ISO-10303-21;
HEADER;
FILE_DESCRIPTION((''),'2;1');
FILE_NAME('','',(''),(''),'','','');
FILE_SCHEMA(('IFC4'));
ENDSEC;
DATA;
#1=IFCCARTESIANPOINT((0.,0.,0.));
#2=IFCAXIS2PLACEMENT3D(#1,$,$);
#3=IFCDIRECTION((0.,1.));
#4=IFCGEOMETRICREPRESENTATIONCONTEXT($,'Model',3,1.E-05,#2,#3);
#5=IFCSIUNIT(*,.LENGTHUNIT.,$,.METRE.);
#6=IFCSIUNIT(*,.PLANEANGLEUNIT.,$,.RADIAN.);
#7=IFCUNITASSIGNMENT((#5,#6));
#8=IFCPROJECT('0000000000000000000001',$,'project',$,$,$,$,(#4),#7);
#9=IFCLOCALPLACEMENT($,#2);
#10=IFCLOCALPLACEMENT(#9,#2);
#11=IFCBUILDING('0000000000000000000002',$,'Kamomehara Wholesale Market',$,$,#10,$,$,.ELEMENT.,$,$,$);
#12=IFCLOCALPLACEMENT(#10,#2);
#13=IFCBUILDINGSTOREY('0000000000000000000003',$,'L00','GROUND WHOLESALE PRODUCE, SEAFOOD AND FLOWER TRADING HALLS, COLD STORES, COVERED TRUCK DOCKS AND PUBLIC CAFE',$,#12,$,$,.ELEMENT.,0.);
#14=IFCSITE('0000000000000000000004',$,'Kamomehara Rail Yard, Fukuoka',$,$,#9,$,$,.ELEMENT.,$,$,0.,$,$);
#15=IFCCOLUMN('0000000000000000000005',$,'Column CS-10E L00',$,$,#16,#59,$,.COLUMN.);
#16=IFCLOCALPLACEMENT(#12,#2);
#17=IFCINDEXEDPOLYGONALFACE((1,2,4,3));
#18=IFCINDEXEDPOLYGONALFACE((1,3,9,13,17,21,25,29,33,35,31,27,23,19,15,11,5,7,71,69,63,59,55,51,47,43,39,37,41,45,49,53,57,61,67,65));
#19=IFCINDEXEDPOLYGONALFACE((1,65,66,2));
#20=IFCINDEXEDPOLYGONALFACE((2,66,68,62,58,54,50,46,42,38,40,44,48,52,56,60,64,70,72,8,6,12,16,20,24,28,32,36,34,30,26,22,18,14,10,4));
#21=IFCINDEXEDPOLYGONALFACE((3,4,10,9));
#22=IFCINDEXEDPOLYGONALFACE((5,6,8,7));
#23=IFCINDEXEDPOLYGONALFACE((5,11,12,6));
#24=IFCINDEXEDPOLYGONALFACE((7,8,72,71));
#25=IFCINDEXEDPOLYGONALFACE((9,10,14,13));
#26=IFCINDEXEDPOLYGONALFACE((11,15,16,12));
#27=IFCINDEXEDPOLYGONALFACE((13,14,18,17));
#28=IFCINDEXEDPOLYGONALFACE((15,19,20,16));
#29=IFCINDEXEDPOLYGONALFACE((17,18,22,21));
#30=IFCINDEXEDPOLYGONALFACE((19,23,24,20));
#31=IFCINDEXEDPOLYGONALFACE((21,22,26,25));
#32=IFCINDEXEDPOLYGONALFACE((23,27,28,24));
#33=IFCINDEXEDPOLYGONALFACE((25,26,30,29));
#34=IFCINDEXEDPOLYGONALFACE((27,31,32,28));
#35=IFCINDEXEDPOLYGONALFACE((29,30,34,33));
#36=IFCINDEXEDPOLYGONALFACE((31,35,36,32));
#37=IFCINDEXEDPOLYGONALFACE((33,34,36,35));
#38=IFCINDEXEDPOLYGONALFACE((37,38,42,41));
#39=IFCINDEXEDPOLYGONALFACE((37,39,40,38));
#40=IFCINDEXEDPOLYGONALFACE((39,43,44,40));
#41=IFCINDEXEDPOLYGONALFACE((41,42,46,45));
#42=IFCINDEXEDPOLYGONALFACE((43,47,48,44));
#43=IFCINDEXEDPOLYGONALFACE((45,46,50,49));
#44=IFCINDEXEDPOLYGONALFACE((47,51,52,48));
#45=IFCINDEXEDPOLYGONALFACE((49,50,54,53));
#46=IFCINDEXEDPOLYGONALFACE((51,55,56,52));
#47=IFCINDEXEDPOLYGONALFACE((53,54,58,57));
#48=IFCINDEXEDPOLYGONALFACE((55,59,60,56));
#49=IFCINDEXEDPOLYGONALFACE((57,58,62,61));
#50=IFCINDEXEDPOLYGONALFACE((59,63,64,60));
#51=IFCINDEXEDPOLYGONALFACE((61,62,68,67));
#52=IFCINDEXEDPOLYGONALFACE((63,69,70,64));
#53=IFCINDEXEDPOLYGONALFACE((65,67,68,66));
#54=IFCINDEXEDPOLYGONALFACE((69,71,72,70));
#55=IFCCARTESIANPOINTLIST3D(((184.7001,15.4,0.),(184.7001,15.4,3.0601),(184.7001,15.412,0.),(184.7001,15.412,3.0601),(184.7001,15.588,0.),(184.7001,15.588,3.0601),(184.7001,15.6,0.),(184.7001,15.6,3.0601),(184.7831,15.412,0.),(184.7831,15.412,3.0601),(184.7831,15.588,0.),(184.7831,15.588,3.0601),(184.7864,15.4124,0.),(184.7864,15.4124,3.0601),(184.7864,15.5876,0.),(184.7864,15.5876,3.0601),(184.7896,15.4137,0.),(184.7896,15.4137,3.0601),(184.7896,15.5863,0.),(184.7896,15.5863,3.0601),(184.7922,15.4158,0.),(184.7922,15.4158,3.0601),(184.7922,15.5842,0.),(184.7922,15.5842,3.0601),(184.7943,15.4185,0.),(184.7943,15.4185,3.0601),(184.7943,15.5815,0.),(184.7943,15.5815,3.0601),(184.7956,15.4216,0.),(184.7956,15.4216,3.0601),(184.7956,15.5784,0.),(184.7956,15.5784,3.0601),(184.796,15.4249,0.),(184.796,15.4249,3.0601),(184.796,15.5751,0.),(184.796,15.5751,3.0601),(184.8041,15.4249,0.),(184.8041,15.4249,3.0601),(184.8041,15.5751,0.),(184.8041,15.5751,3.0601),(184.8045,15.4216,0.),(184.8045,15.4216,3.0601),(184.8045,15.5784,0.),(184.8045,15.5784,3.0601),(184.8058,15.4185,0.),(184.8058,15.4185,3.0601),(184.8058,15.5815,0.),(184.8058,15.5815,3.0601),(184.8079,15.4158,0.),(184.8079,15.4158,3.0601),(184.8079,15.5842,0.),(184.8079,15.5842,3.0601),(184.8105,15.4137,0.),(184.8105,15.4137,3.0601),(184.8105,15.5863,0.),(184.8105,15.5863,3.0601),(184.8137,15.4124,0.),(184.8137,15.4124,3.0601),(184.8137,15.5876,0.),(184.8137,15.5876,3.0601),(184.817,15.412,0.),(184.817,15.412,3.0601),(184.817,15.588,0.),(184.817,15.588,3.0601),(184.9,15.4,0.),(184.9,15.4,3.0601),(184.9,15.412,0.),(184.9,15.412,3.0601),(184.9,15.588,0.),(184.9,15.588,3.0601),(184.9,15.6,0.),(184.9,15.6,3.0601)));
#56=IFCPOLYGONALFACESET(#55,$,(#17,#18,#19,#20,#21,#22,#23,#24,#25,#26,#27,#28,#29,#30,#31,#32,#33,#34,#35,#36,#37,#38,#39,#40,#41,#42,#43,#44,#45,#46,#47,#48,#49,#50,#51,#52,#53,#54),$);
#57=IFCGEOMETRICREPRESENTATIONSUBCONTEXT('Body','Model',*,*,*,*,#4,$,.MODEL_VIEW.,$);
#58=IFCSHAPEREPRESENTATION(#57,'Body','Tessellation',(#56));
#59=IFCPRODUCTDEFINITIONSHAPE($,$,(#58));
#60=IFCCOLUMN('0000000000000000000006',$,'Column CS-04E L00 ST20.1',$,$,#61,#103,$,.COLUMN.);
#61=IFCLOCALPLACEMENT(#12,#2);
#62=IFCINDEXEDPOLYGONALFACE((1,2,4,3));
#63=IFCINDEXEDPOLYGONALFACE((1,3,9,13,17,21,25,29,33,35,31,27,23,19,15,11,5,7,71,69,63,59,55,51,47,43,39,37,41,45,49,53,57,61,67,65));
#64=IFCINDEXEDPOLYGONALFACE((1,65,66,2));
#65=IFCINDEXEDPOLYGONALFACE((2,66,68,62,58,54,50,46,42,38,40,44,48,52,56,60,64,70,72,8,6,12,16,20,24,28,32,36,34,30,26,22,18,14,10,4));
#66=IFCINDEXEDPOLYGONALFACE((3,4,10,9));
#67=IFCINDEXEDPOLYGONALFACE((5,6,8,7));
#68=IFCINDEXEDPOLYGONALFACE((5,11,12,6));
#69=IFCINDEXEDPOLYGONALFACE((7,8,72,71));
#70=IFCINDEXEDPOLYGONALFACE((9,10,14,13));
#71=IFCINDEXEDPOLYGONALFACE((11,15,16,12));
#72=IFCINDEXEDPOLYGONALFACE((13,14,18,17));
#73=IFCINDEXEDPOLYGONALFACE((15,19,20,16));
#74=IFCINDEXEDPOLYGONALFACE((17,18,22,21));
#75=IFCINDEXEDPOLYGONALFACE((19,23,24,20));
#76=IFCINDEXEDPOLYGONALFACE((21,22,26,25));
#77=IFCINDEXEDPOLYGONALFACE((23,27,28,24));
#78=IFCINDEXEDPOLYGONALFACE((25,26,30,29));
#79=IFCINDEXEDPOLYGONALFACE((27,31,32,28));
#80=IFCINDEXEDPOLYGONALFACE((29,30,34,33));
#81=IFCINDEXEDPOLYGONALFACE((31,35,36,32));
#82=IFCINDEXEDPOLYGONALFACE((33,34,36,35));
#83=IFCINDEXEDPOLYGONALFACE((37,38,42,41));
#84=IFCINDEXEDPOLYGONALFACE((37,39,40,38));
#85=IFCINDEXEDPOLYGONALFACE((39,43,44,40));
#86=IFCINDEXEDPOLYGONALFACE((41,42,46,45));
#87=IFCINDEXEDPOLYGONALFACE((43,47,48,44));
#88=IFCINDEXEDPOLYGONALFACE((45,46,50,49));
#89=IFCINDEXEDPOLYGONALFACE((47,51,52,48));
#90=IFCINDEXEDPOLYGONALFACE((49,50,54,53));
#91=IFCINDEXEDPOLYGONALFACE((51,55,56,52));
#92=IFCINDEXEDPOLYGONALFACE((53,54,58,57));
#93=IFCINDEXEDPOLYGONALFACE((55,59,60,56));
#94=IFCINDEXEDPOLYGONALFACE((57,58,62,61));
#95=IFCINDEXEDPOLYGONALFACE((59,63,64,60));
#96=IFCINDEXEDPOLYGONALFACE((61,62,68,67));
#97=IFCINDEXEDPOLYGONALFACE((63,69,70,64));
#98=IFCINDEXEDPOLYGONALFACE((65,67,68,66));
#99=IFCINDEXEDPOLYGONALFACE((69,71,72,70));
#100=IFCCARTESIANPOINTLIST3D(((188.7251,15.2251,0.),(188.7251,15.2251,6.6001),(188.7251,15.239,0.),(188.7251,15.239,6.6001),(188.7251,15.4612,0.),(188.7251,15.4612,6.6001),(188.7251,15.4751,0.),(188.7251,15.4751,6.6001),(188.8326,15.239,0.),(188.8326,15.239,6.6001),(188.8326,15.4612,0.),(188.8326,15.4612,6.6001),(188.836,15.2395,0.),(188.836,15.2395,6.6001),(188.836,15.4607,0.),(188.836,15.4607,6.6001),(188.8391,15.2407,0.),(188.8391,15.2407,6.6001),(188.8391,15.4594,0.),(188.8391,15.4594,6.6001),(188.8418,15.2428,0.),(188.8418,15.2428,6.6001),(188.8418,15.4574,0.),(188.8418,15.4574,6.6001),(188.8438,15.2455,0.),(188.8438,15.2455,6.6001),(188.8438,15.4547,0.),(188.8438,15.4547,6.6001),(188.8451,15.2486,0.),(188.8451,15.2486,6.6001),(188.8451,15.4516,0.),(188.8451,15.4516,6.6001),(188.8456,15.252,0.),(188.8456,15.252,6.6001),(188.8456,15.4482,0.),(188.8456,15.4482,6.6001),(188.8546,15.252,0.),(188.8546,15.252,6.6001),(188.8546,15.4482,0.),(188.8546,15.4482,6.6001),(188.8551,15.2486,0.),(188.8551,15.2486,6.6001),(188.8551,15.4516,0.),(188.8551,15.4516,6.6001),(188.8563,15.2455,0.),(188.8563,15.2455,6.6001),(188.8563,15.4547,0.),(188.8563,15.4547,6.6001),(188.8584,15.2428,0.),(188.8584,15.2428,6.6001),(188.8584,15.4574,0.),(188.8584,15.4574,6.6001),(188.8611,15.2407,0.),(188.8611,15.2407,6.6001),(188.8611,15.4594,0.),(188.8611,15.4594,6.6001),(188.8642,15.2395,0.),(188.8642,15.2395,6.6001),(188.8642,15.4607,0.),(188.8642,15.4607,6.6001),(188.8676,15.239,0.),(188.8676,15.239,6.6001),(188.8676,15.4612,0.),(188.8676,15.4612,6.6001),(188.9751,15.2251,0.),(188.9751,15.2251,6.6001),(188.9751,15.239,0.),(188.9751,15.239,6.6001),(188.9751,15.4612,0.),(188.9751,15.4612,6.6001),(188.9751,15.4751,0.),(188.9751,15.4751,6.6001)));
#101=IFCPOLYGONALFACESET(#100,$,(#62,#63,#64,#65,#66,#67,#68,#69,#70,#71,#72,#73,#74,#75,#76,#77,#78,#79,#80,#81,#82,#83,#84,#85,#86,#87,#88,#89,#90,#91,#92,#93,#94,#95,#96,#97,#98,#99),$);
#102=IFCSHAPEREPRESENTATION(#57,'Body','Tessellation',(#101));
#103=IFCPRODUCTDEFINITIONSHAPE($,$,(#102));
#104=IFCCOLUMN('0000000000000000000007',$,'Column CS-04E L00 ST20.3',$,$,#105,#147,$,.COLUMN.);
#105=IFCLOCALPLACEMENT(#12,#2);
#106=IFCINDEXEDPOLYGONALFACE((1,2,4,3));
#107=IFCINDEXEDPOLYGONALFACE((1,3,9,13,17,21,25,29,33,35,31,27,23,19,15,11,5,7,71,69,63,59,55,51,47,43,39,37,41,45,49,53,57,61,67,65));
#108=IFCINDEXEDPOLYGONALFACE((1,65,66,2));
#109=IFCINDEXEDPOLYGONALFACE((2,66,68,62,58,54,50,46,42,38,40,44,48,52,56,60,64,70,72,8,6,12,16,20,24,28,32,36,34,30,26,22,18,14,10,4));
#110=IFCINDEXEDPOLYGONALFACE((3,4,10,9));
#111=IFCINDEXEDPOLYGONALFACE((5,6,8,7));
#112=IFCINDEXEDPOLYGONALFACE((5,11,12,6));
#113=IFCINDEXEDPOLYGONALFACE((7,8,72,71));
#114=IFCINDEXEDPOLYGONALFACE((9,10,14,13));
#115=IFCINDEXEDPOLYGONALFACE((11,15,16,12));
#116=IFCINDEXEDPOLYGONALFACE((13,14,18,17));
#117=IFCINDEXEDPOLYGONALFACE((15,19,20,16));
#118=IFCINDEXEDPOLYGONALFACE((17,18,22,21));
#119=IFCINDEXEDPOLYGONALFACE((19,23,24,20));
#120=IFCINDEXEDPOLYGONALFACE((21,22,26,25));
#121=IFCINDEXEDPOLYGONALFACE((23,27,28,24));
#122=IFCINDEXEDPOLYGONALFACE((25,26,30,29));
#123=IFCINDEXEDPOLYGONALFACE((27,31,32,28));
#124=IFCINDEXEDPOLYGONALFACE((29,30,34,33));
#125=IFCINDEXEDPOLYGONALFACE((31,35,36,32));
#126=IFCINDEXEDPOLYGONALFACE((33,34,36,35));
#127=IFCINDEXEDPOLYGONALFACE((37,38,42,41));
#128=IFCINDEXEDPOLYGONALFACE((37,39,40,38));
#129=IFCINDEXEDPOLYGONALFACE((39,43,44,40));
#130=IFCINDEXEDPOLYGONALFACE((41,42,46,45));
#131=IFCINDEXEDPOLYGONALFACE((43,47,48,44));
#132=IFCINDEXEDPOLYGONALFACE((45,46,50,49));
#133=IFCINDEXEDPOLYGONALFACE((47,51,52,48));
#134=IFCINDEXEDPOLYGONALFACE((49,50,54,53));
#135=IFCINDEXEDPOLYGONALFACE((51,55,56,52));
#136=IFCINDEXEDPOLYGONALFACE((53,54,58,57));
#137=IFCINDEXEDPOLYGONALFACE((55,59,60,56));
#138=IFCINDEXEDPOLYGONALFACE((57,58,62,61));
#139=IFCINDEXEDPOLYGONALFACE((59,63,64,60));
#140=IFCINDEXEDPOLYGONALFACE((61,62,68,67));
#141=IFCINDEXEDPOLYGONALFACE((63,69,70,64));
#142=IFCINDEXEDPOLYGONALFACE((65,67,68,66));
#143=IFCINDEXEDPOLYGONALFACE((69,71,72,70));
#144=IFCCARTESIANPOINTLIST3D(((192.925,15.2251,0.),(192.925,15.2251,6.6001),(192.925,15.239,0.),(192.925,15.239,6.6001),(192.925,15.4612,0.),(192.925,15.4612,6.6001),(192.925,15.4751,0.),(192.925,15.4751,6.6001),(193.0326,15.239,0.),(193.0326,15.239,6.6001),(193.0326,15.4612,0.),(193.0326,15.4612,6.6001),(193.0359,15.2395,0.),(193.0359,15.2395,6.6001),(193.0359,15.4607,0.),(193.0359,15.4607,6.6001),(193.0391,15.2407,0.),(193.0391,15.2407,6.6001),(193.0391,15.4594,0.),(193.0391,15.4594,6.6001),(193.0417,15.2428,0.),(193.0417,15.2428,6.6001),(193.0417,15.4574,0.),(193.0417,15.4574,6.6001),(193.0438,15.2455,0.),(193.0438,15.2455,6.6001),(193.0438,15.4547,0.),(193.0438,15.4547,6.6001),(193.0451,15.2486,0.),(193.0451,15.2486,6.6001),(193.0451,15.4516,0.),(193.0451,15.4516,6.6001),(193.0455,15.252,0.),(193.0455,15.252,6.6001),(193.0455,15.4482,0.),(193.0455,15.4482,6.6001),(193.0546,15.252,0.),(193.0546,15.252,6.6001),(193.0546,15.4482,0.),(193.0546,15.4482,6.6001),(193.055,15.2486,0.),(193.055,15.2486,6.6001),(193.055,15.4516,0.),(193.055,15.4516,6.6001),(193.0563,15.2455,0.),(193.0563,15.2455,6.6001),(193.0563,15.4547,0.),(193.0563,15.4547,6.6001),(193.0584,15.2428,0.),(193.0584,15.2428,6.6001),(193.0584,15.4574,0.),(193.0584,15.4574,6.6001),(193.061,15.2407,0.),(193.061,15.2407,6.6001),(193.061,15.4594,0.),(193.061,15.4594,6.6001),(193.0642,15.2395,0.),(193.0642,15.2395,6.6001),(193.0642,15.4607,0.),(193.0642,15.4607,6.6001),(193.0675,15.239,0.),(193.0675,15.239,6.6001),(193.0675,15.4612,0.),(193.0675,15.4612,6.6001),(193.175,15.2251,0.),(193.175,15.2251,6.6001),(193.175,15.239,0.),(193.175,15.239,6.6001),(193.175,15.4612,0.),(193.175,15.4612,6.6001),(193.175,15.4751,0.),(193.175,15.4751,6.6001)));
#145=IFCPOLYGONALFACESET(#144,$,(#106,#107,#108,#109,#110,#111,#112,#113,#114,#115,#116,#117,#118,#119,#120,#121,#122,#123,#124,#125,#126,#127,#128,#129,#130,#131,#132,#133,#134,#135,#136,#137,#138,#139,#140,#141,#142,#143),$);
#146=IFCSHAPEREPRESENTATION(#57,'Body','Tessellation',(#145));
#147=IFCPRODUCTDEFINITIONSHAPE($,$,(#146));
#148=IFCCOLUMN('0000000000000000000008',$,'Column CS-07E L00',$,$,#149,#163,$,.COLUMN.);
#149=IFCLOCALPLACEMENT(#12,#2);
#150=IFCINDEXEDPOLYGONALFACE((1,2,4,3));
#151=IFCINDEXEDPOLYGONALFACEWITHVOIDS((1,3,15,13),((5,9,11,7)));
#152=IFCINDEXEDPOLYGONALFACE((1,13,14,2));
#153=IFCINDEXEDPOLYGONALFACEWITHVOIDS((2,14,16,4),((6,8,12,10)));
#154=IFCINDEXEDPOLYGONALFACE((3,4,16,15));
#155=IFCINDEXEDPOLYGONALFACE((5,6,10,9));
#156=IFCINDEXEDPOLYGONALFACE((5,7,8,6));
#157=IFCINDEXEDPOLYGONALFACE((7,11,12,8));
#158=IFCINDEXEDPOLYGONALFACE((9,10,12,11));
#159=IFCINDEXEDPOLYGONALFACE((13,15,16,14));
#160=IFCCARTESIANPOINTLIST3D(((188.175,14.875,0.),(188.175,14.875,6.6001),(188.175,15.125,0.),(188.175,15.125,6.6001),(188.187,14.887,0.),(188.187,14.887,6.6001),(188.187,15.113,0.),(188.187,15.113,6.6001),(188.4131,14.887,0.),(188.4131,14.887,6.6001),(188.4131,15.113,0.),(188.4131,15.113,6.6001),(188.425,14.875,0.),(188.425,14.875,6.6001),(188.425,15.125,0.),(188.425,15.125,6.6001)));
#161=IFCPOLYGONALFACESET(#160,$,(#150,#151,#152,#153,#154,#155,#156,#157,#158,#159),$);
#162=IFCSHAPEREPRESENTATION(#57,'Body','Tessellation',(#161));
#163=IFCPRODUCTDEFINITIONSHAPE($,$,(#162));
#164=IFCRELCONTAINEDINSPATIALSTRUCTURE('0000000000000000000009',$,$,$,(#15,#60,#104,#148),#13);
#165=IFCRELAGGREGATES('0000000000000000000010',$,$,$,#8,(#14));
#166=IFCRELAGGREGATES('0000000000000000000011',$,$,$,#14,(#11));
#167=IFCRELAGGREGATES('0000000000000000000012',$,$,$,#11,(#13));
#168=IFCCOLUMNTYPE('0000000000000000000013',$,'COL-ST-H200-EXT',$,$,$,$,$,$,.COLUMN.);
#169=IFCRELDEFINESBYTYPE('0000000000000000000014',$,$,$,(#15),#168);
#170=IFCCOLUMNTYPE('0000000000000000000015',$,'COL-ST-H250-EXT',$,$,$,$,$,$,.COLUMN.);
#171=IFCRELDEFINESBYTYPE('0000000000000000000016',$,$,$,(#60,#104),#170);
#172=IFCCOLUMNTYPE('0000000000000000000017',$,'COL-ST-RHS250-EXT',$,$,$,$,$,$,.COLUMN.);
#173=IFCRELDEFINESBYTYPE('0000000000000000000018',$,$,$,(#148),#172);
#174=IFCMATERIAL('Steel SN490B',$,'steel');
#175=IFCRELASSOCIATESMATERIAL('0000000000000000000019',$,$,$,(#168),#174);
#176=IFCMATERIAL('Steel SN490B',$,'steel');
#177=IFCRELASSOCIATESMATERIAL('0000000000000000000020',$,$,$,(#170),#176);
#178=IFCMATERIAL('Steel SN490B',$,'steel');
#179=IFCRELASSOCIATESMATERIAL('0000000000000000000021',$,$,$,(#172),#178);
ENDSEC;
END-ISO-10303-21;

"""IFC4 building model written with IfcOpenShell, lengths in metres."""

from ifc_helpers import new_model, si_unit, direction, frame, origin, origin_2d, place, context, subcontext, project, spatial, hollow_rectangle, i_section, extrude, material, material_profile, profile_set, type_object, element, save


model = new_model("IFC4")

# Units and contexts
model_context = context("Model", 3, precision=1e-05, world=origin(), true_north=direction((0.0, 1.0)))
body_context = subcontext(model_context, "Body", "Model", "MODEL_VIEW")
ifc_project = project(units=[si_unit("LENGTHUNIT", "METRE"), si_unit("PLANEANGLEUNIT", "RADIAN")], contexts=[model_context])

# Site, building, storey
site_placement = place(None, origin())
site = spatial("IfcSite", under=ifc_project, at=site_placement, Name="Kamomehara Rail Yard, Fukuoka", CompositionType="ELEMENT", RefElevation=0.0)
building_placement = place(site_placement, origin())
building = spatial("IfcBuilding", under=site, at=building_placement, Name="Kamomehara Wholesale Market", CompositionType="ELEMENT")
storey_placement = place(building_placement, origin())
storey = spatial("IfcBuildingStorey", under=building, at=storey_placement, Name="L00", Description="GROUND WHOLESALE PRODUCE, SEAFOOD AND FLOWER TRADING HALLS, COLD STORES, COVERED TRUCK DOCKS AND PUBLIC CAFE", CompositionType="ELEMENT", Elevation=0.0)

# Columns
ifc_material_1 = material(Name="Steel SN490B", Category="steel")
ifc_material_profile_1 = material_profile(ifc_material_1, i_section(OverallWidth=0.2, OverallDepth=0.2, WebThickness=0.0081, FlangeThickness=0.012, FilletRadius=0.0129, at=origin_2d()), Name="H-200x200x8x12")
ifc_profile_set_1 = profile_set([ifc_material_profile_1], Name="Steel SN490B")
column_type_1 = type_object("IfcColumnType", Name="COL-ST-H200-EXT", PredefinedType="COLUMN", material=ifc_profile_set_1)
column_1_placement = place(storey_placement, frame((184.8, 15.5, 0.0), z_axis=(0.0, 0.0, 1.0), x_axis=(1.0, 0.0, 0.0)))
element("IfcColumn", 1, at=column_1_placement, inside=storey, type_object=column_type_1, Name="Column CS-10E L00", PredefinedType="COLUMN", context=body_context, shape_type="SweptSolid", body=[
    extrude(i_section(OverallWidth=0.2, OverallDepth=0.2, WebThickness=0.0081, FlangeThickness=0.012, FilletRadius=0.0129, at=origin_2d()), origin(), (0.0, 0.0, 1.0), 3.0601),
])
ifc_material_2 = material(Name="Steel SN490B", Category="steel")
ifc_material_profile_2 = material_profile(ifc_material_2, i_section(OverallWidth=0.25, OverallDepth=0.25, WebThickness=0.009, FlangeThickness=0.0139, FilletRadius=0.0129, at=origin_2d()), Name="H-250x250x9x14")
ifc_profile_set_2 = profile_set([ifc_material_profile_2], Name="Steel SN490B")
column_type_2 = type_object("IfcColumnType", Name="COL-ST-H250-EXT", PredefinedType="COLUMN", material=ifc_profile_set_2)
for number, where, z_axis, x_axis, name in (
    (2, (188.8501, 15.3501, 0.0), (0.0, 0.0, 1.0), (1.0, 0.0, 0.0), "Column CS-04E L00 ST20.1"),
    (3, (193.05, 15.3501, 0.0), (0.0, 0.0, 1.0), (1.0, 0.0, 0.0), "Column CS-04E L00 ST20.3"),
):
    element("IfcColumn", number, at=place(storey_placement, frame(where, z_axis=z_axis, x_axis=x_axis)), inside=storey, type_object=column_type_2, Name=name, PredefinedType="COLUMN", context=body_context, shape_type="SweptSolid", body=[
        extrude(i_section(OverallWidth=0.25, OverallDepth=0.25, WebThickness=0.009, FlangeThickness=0.0139, FilletRadius=0.0129, at=origin_2d()), origin(), (0.0, 0.0, 1.0), 6.6001),
    ])
ifc_material_3 = material(Name="Steel SN490B", Category="steel")
ifc_material_profile_3 = material_profile(ifc_material_3, hollow_rectangle(XDim=0.25, YDim=0.25, WallThickness=0.012, at=origin_2d()), Name="RHS-250x250x12")
ifc_profile_set_3 = profile_set([ifc_material_profile_3], Name="Steel SN490B")
column_type_3 = type_object("IfcColumnType", Name="COL-ST-RHS250-EXT", PredefinedType="COLUMN", material=ifc_profile_set_3)
column_2_placement = place(storey_placement, frame((188.3, 15.0, 0.0), z_axis=(0.0, 0.0, 1.0), x_axis=(1.0, 0.0, 0.0)))
element("IfcColumn", 4, at=column_2_placement, inside=storey, type_object=column_type_3, Name="Column CS-07E L00", PredefinedType="COLUMN", context=body_context, shape_type="SweptSolid", body=[
    extrude(hollow_rectangle(XDim=0.25, YDim=0.25, WallThickness=0.012, at=origin_2d()), origin(), (0.0, 0.0, 1.0), 6.6001),
])

save(model, "model.ifc")
